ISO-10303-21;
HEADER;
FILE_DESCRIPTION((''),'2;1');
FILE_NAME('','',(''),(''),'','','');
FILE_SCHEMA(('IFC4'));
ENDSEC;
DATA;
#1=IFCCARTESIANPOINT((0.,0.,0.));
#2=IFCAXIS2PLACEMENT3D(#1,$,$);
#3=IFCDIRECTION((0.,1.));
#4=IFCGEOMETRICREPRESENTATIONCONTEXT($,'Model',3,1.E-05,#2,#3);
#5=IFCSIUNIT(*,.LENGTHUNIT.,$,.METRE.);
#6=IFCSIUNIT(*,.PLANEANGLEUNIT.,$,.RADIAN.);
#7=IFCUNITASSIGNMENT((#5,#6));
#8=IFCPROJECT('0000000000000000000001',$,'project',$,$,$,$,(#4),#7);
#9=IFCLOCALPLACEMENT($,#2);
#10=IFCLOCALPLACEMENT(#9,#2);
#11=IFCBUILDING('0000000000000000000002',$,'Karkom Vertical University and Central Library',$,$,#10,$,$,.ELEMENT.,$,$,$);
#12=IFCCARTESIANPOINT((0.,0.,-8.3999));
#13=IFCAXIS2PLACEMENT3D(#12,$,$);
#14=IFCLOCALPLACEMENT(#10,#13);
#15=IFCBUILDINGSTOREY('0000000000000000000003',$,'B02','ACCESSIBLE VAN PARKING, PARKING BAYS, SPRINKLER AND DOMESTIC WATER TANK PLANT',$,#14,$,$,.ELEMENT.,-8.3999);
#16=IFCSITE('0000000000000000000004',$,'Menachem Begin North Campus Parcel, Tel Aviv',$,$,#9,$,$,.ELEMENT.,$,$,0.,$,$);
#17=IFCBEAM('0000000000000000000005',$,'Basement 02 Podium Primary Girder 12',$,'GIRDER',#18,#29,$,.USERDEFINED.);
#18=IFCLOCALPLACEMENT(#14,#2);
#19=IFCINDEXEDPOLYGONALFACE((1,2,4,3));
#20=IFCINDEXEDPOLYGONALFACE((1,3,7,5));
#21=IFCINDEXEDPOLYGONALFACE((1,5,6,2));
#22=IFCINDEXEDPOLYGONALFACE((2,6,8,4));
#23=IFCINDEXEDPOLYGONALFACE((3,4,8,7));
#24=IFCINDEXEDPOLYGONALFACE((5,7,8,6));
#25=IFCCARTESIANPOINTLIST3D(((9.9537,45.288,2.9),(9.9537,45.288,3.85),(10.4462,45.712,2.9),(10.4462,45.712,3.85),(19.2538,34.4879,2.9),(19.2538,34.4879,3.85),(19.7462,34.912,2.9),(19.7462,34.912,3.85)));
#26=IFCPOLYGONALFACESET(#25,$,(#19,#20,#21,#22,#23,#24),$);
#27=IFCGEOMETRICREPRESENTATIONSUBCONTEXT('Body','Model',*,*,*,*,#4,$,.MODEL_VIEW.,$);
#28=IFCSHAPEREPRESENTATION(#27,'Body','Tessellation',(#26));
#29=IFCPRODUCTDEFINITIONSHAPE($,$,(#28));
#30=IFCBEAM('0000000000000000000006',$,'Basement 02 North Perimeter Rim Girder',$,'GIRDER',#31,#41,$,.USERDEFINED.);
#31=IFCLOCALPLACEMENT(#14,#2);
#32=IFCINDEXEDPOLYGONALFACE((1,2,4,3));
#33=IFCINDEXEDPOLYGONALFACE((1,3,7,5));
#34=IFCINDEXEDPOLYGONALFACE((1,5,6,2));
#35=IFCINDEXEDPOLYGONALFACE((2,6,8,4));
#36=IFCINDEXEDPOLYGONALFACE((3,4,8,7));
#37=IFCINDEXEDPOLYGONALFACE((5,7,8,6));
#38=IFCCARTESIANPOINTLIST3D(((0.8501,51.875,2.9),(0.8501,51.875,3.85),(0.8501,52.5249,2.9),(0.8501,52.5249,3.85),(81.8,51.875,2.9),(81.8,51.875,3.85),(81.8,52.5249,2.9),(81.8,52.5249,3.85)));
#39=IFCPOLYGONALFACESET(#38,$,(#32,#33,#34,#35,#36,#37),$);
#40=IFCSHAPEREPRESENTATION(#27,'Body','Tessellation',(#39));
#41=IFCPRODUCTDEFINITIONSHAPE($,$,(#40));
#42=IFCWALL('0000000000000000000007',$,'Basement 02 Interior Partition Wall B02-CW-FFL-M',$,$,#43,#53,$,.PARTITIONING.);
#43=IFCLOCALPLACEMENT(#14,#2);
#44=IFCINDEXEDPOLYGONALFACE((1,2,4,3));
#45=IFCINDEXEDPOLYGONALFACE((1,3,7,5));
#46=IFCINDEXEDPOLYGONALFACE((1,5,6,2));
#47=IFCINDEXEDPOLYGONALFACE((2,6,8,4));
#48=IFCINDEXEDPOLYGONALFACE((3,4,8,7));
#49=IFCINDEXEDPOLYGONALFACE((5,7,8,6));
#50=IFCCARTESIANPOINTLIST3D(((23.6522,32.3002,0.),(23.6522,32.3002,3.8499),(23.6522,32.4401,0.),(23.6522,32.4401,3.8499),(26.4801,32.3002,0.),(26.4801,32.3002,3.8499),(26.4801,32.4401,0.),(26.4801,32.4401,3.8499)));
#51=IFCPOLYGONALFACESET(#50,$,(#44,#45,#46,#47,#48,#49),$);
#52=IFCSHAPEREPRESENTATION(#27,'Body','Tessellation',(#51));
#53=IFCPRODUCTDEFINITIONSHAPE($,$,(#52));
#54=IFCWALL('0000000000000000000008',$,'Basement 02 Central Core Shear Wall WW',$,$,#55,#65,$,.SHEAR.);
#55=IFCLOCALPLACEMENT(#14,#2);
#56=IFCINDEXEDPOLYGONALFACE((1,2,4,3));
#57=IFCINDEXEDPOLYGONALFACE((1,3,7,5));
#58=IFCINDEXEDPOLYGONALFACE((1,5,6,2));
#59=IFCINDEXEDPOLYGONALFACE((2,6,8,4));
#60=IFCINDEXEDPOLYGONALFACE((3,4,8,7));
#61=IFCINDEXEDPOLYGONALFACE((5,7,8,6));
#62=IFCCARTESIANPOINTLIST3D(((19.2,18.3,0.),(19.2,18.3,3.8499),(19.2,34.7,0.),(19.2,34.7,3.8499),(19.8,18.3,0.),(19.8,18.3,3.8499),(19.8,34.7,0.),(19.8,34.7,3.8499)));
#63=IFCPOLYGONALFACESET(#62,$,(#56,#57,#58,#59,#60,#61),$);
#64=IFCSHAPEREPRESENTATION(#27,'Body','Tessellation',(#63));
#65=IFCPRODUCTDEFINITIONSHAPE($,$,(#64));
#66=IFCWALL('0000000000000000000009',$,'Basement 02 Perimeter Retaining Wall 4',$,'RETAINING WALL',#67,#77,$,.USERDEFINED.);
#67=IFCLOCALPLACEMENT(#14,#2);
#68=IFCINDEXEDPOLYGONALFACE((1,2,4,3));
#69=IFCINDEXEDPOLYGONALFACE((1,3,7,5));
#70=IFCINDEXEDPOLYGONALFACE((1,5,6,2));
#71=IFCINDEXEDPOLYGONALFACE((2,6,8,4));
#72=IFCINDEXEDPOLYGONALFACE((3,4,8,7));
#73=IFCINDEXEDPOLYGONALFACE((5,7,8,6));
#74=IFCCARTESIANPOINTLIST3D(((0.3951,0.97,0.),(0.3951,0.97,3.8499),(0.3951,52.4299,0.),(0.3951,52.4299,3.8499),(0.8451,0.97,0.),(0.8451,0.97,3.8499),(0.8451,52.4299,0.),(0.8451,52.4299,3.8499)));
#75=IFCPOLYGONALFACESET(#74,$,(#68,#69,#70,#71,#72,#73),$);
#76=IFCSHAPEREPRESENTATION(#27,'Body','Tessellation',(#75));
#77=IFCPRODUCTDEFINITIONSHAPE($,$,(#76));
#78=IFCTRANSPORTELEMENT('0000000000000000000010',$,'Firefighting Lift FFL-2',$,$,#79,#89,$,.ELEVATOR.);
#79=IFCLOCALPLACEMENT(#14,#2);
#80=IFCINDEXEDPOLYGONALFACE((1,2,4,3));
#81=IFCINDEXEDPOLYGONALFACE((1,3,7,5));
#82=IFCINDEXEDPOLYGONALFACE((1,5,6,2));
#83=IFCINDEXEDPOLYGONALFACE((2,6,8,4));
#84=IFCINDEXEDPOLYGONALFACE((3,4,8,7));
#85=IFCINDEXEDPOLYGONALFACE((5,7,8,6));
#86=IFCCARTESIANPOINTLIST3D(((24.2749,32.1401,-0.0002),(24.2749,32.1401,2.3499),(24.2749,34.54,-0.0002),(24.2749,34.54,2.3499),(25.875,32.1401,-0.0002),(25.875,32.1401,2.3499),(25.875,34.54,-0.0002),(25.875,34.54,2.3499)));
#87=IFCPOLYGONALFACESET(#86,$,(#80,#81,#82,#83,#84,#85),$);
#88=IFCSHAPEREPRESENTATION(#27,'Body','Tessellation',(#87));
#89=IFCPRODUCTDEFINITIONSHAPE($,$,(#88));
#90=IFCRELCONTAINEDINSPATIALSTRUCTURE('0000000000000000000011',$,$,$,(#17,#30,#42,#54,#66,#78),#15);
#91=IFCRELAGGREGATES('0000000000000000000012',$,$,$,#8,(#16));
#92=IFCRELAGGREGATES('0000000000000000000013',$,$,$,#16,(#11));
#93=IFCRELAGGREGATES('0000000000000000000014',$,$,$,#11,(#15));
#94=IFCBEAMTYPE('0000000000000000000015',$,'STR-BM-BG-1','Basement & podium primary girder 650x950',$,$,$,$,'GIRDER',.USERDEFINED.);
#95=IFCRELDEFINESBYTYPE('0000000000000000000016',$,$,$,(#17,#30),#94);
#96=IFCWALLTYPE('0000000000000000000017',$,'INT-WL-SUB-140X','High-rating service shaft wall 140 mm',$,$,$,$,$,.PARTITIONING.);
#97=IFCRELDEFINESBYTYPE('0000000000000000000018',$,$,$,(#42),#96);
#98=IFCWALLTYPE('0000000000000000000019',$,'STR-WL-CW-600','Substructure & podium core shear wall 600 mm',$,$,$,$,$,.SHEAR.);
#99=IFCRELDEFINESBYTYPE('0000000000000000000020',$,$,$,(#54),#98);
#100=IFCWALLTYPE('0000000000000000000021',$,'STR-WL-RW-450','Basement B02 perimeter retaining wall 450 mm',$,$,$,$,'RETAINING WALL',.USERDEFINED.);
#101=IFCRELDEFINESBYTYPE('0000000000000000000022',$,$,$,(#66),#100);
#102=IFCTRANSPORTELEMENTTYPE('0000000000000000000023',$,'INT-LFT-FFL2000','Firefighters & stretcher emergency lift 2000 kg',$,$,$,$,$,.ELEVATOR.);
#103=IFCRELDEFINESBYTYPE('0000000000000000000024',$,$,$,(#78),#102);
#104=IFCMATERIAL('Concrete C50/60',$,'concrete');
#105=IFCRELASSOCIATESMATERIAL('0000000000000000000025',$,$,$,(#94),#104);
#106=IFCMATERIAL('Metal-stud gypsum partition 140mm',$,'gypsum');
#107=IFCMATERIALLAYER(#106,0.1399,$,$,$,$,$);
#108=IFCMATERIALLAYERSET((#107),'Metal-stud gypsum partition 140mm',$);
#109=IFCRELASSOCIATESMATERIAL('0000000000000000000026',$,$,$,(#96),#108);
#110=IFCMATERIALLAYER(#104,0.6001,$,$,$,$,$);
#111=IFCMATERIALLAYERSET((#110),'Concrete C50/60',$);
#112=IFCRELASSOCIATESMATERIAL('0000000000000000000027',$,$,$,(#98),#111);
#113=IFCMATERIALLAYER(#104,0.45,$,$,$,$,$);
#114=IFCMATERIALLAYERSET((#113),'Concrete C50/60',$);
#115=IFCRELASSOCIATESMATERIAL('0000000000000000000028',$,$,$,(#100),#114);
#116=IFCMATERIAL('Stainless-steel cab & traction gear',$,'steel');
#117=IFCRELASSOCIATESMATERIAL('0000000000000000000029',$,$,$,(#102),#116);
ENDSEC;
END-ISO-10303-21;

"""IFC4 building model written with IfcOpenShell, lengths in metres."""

from ifc_helpers import new_model, si_unit, direction, frame, frame_2d, origin, origin_with_axes, origin_2d, place, context, subcontext, project, spatial, rectangle, extrude, source, transform, mapped, material, layer, layer_set, material_profile, profile_set, type_object, element, save


model = new_model("IFC4")

# Units and contexts
model_context = context("Model", 3, precision=1e-05, world=origin(), true_north=direction((0.0, 1.0)))
body_context = subcontext(model_context, "Body", "Model", "MODEL_VIEW")
ifc_project = project(units=[si_unit("LENGTHUNIT", "METRE"), si_unit("PLANEANGLEUNIT", "RADIAN")], contexts=[model_context])

# Site, building, storey
site_placement = place(None, origin())
site = spatial("IfcSite", under=ifc_project, at=site_placement, Name="Menachem Begin North Campus Parcel, Tel Aviv", CompositionType="ELEMENT", RefElevation=0.0)
building_placement = place(site_placement, origin())
building = spatial("IfcBuilding", under=site, at=building_placement, Name="Karkom Vertical University and Central Library", CompositionType="ELEMENT")
storey_placement = place(building_placement, frame((0.0, 0.0, -8.3999)))
storey = spatial("IfcBuildingStorey", under=building, at=storey_placement, Name="B02", Description="ACCESSIBLE VAN PARKING, PARKING BAYS, SPRINKLER AND DOMESTIC WATER TANK PLANT", CompositionType="ELEMENT", Elevation=-8.3999)

# Shared definitions
ifc_material_1 = material(Name="Concrete C50/60", Category="concrete")

# Beams
ifc_material_profile_1 = material_profile(ifc_material_1, rectangle(XDim=0.6499, YDim=0.95, at=origin_2d()), Name="RCG-650x950")
ifc_profile_set_1 = profile_set([ifc_material_profile_1], Name="Concrete C50/60")
beam_type = type_object("IfcBeamType", Name="STR-BM-BG-1", Description="Basement & podium primary girder 650x950", ElementType="GIRDER", PredefinedType="USERDEFINED", material=ifc_profile_set_1)
shared_shape_1 = source(origin_with_axes(), body_context, "Body", "SweptSolid", [
    extrude(rectangle(XDim=0.6499, YDim=0.95, at=origin_2d()), origin(), (0.0, 0.0, 1.0), 14.2524),
])
beam_1_placement = place(storey_placement, frame((10.2, 45.5, 3.375), z_axis=(0.652523, -0.757769, 0.0), x_axis=(0.757769, 0.652523, 0.0)))
element("IfcBeam", 1, at=beam_1_placement, inside=storey, type_object=beam_type, Name="Basement 02 Podium Primary Girder 12", ObjectType="GIRDER", PredefinedType="USERDEFINED", context=body_context, shape_type="MappedRepresentation", body=[
    mapped(shared_shape_1, transform((0.0, 0.0, 0.0), scale=1.0)),
])
shared_shape_2 = source(origin_with_axes(), body_context, "Body", "SweptSolid", [
    extrude(rectangle(XDim=0.6499, YDim=0.95, at=origin_2d()), origin(), (0.0, 0.0, 1.0), 80.95),
])
beam_2_placement = place(storey_placement, frame((0.8501, 52.2, 3.375), z_axis=(1.0, 0.0, 0.0), x_axis=(0.0, 1.0, 0.0)))
element("IfcBeam", 2, at=beam_2_placement, inside=storey, type_object=beam_type, Name="Basement 02 North Perimeter Rim Girder", ObjectType="GIRDER", PredefinedType="USERDEFINED", context=body_context, shape_type="MappedRepresentation", body=[
    mapped(shared_shape_2, transform((0.0, 0.0, 0.0), scale=1.0)),
])

# Wall
ifc_material_2 = material(Name="Metal-stud gypsum partition 140mm", Category="gypsum")
ifc_layer_1 = layer(ifc_material_2, 0.1399)
ifc_layer_set_1 = layer_set([ifc_layer_1], Name="Metal-stud gypsum partition 140mm")
wall_type_1 = type_object("IfcWallType", Name="INT-WL-SUB-140X", Description="High-rating service shaft wall 140 mm", PredefinedType="PARTITIONING", material=ifc_layer_set_1)
wall_1_placement = place(storey_placement, frame((23.6521, 32.3701, 0.0), z_axis=(0.0, 0.0, 1.0), x_axis=(1.0, 0.0, 0.0)))
element("IfcWall", 3, at=wall_1_placement, inside=storey, type_object=wall_type_1, Name="Basement 02 Interior Partition Wall B02-CW-FFL-M", PredefinedType="PARTITIONING", context=body_context, shape_type="SweptSolid", body=[
    extrude(rectangle(XDim=2.8279, YDim=0.1399, at=frame_2d((1.4141, 0.0))), origin(), (0.0, 0.0, 1.0), 3.8499),
])

# Shared definitions
ifc_layer_2 = layer(ifc_material_1, 0.6001)
ifc_layer_set_2 = layer_set([ifc_layer_2], Name="Concrete C50/60")
wall_type_2 = type_object("IfcWallType", Name="STR-WL-CW-600", Description="Substructure & podium core shear wall 600 mm", PredefinedType="SHEAR", material=ifc_layer_set_2)

# Walls
wall_2_placement = place(storey_placement, frame((19.5, 34.7, 0.0), z_axis=(0.0, 0.0, 1.0), x_axis=(0.0, -1.0, 0.0)))
element("IfcWall", 4, at=wall_2_placement, inside=storey, type_object=wall_type_2, Name="Basement 02 Central Core Shear Wall WW", PredefinedType="SHEAR", context=body_context, shape_type="SweptSolid", body=[
    extrude(rectangle(XDim=16.3999, YDim=0.6001, at=frame_2d((8.2, 0.0))), origin(), (0.0, 0.0, 1.0), 3.8499),
])
ifc_layer_3 = layer(ifc_material_1, 0.45)
ifc_layer_set_3 = layer_set([ifc_layer_3], Name="Concrete C50/60")
wall_type_3 = type_object("IfcWallType", Name="STR-WL-RW-450", Description="Basement B02 perimeter retaining wall 450 mm", ElementType="RETAINING WALL", PredefinedType="USERDEFINED", material=ifc_layer_set_3)
wall_3_placement = place(storey_placement, frame((0.6201, 52.4299, 0.0), z_axis=(0.0, 0.0, 1.0), x_axis=(0.0, -1.0, 0.0)))
element("IfcWall", 5, at=wall_3_placement, inside=storey, type_object=wall_type_3, Name="Basement 02 Perimeter Retaining Wall 4", ObjectType="RETAINING WALL", PredefinedType="USERDEFINED", context=body_context, shape_type="SweptSolid", body=[
    extrude(rectangle(XDim=51.46, YDim=0.45, at=frame_2d((25.73, 0.0))), origin(), (0.0, 0.0, 1.0), 3.8499),
])

# Transport element
ifc_material_3 = material(Name="Stainless-steel cab & traction gear", Category="steel")
transport_element_type = type_object("IfcTransportElementType", Name="INT-LFT-FFL2000", Description="Firefighters & stretcher emergency lift 2000 kg", PredefinedType="ELEVATOR", material=ifc_material_3)
shared_shape_3 = source(origin_with_axes(), body_context, "Body", "SweptSolid", [
    extrude(rectangle(XDim=1.6001, YDim=2.3999, at=origin_2d()), origin(), (0.0, 0.0, 1.0), 2.3501),
])
transport_element_placement = place(storey_placement, frame((25.075, 33.3401, -0.0002), z_axis=(0.0, 0.0, 1.0), x_axis=(1.0, 0.0, 0.0)))
element("IfcTransportElement", 6, at=transport_element_placement, inside=storey, type_object=transport_element_type, Name="Firefighting Lift FFL-2", PredefinedType="ELEVATOR", context=body_context, shape_type="MappedRepresentation", body=[
    mapped(shared_shape_3, transform((0.0, 0.0, 0.0), scale=1.0)),
])

save(model, "model.ifc")
